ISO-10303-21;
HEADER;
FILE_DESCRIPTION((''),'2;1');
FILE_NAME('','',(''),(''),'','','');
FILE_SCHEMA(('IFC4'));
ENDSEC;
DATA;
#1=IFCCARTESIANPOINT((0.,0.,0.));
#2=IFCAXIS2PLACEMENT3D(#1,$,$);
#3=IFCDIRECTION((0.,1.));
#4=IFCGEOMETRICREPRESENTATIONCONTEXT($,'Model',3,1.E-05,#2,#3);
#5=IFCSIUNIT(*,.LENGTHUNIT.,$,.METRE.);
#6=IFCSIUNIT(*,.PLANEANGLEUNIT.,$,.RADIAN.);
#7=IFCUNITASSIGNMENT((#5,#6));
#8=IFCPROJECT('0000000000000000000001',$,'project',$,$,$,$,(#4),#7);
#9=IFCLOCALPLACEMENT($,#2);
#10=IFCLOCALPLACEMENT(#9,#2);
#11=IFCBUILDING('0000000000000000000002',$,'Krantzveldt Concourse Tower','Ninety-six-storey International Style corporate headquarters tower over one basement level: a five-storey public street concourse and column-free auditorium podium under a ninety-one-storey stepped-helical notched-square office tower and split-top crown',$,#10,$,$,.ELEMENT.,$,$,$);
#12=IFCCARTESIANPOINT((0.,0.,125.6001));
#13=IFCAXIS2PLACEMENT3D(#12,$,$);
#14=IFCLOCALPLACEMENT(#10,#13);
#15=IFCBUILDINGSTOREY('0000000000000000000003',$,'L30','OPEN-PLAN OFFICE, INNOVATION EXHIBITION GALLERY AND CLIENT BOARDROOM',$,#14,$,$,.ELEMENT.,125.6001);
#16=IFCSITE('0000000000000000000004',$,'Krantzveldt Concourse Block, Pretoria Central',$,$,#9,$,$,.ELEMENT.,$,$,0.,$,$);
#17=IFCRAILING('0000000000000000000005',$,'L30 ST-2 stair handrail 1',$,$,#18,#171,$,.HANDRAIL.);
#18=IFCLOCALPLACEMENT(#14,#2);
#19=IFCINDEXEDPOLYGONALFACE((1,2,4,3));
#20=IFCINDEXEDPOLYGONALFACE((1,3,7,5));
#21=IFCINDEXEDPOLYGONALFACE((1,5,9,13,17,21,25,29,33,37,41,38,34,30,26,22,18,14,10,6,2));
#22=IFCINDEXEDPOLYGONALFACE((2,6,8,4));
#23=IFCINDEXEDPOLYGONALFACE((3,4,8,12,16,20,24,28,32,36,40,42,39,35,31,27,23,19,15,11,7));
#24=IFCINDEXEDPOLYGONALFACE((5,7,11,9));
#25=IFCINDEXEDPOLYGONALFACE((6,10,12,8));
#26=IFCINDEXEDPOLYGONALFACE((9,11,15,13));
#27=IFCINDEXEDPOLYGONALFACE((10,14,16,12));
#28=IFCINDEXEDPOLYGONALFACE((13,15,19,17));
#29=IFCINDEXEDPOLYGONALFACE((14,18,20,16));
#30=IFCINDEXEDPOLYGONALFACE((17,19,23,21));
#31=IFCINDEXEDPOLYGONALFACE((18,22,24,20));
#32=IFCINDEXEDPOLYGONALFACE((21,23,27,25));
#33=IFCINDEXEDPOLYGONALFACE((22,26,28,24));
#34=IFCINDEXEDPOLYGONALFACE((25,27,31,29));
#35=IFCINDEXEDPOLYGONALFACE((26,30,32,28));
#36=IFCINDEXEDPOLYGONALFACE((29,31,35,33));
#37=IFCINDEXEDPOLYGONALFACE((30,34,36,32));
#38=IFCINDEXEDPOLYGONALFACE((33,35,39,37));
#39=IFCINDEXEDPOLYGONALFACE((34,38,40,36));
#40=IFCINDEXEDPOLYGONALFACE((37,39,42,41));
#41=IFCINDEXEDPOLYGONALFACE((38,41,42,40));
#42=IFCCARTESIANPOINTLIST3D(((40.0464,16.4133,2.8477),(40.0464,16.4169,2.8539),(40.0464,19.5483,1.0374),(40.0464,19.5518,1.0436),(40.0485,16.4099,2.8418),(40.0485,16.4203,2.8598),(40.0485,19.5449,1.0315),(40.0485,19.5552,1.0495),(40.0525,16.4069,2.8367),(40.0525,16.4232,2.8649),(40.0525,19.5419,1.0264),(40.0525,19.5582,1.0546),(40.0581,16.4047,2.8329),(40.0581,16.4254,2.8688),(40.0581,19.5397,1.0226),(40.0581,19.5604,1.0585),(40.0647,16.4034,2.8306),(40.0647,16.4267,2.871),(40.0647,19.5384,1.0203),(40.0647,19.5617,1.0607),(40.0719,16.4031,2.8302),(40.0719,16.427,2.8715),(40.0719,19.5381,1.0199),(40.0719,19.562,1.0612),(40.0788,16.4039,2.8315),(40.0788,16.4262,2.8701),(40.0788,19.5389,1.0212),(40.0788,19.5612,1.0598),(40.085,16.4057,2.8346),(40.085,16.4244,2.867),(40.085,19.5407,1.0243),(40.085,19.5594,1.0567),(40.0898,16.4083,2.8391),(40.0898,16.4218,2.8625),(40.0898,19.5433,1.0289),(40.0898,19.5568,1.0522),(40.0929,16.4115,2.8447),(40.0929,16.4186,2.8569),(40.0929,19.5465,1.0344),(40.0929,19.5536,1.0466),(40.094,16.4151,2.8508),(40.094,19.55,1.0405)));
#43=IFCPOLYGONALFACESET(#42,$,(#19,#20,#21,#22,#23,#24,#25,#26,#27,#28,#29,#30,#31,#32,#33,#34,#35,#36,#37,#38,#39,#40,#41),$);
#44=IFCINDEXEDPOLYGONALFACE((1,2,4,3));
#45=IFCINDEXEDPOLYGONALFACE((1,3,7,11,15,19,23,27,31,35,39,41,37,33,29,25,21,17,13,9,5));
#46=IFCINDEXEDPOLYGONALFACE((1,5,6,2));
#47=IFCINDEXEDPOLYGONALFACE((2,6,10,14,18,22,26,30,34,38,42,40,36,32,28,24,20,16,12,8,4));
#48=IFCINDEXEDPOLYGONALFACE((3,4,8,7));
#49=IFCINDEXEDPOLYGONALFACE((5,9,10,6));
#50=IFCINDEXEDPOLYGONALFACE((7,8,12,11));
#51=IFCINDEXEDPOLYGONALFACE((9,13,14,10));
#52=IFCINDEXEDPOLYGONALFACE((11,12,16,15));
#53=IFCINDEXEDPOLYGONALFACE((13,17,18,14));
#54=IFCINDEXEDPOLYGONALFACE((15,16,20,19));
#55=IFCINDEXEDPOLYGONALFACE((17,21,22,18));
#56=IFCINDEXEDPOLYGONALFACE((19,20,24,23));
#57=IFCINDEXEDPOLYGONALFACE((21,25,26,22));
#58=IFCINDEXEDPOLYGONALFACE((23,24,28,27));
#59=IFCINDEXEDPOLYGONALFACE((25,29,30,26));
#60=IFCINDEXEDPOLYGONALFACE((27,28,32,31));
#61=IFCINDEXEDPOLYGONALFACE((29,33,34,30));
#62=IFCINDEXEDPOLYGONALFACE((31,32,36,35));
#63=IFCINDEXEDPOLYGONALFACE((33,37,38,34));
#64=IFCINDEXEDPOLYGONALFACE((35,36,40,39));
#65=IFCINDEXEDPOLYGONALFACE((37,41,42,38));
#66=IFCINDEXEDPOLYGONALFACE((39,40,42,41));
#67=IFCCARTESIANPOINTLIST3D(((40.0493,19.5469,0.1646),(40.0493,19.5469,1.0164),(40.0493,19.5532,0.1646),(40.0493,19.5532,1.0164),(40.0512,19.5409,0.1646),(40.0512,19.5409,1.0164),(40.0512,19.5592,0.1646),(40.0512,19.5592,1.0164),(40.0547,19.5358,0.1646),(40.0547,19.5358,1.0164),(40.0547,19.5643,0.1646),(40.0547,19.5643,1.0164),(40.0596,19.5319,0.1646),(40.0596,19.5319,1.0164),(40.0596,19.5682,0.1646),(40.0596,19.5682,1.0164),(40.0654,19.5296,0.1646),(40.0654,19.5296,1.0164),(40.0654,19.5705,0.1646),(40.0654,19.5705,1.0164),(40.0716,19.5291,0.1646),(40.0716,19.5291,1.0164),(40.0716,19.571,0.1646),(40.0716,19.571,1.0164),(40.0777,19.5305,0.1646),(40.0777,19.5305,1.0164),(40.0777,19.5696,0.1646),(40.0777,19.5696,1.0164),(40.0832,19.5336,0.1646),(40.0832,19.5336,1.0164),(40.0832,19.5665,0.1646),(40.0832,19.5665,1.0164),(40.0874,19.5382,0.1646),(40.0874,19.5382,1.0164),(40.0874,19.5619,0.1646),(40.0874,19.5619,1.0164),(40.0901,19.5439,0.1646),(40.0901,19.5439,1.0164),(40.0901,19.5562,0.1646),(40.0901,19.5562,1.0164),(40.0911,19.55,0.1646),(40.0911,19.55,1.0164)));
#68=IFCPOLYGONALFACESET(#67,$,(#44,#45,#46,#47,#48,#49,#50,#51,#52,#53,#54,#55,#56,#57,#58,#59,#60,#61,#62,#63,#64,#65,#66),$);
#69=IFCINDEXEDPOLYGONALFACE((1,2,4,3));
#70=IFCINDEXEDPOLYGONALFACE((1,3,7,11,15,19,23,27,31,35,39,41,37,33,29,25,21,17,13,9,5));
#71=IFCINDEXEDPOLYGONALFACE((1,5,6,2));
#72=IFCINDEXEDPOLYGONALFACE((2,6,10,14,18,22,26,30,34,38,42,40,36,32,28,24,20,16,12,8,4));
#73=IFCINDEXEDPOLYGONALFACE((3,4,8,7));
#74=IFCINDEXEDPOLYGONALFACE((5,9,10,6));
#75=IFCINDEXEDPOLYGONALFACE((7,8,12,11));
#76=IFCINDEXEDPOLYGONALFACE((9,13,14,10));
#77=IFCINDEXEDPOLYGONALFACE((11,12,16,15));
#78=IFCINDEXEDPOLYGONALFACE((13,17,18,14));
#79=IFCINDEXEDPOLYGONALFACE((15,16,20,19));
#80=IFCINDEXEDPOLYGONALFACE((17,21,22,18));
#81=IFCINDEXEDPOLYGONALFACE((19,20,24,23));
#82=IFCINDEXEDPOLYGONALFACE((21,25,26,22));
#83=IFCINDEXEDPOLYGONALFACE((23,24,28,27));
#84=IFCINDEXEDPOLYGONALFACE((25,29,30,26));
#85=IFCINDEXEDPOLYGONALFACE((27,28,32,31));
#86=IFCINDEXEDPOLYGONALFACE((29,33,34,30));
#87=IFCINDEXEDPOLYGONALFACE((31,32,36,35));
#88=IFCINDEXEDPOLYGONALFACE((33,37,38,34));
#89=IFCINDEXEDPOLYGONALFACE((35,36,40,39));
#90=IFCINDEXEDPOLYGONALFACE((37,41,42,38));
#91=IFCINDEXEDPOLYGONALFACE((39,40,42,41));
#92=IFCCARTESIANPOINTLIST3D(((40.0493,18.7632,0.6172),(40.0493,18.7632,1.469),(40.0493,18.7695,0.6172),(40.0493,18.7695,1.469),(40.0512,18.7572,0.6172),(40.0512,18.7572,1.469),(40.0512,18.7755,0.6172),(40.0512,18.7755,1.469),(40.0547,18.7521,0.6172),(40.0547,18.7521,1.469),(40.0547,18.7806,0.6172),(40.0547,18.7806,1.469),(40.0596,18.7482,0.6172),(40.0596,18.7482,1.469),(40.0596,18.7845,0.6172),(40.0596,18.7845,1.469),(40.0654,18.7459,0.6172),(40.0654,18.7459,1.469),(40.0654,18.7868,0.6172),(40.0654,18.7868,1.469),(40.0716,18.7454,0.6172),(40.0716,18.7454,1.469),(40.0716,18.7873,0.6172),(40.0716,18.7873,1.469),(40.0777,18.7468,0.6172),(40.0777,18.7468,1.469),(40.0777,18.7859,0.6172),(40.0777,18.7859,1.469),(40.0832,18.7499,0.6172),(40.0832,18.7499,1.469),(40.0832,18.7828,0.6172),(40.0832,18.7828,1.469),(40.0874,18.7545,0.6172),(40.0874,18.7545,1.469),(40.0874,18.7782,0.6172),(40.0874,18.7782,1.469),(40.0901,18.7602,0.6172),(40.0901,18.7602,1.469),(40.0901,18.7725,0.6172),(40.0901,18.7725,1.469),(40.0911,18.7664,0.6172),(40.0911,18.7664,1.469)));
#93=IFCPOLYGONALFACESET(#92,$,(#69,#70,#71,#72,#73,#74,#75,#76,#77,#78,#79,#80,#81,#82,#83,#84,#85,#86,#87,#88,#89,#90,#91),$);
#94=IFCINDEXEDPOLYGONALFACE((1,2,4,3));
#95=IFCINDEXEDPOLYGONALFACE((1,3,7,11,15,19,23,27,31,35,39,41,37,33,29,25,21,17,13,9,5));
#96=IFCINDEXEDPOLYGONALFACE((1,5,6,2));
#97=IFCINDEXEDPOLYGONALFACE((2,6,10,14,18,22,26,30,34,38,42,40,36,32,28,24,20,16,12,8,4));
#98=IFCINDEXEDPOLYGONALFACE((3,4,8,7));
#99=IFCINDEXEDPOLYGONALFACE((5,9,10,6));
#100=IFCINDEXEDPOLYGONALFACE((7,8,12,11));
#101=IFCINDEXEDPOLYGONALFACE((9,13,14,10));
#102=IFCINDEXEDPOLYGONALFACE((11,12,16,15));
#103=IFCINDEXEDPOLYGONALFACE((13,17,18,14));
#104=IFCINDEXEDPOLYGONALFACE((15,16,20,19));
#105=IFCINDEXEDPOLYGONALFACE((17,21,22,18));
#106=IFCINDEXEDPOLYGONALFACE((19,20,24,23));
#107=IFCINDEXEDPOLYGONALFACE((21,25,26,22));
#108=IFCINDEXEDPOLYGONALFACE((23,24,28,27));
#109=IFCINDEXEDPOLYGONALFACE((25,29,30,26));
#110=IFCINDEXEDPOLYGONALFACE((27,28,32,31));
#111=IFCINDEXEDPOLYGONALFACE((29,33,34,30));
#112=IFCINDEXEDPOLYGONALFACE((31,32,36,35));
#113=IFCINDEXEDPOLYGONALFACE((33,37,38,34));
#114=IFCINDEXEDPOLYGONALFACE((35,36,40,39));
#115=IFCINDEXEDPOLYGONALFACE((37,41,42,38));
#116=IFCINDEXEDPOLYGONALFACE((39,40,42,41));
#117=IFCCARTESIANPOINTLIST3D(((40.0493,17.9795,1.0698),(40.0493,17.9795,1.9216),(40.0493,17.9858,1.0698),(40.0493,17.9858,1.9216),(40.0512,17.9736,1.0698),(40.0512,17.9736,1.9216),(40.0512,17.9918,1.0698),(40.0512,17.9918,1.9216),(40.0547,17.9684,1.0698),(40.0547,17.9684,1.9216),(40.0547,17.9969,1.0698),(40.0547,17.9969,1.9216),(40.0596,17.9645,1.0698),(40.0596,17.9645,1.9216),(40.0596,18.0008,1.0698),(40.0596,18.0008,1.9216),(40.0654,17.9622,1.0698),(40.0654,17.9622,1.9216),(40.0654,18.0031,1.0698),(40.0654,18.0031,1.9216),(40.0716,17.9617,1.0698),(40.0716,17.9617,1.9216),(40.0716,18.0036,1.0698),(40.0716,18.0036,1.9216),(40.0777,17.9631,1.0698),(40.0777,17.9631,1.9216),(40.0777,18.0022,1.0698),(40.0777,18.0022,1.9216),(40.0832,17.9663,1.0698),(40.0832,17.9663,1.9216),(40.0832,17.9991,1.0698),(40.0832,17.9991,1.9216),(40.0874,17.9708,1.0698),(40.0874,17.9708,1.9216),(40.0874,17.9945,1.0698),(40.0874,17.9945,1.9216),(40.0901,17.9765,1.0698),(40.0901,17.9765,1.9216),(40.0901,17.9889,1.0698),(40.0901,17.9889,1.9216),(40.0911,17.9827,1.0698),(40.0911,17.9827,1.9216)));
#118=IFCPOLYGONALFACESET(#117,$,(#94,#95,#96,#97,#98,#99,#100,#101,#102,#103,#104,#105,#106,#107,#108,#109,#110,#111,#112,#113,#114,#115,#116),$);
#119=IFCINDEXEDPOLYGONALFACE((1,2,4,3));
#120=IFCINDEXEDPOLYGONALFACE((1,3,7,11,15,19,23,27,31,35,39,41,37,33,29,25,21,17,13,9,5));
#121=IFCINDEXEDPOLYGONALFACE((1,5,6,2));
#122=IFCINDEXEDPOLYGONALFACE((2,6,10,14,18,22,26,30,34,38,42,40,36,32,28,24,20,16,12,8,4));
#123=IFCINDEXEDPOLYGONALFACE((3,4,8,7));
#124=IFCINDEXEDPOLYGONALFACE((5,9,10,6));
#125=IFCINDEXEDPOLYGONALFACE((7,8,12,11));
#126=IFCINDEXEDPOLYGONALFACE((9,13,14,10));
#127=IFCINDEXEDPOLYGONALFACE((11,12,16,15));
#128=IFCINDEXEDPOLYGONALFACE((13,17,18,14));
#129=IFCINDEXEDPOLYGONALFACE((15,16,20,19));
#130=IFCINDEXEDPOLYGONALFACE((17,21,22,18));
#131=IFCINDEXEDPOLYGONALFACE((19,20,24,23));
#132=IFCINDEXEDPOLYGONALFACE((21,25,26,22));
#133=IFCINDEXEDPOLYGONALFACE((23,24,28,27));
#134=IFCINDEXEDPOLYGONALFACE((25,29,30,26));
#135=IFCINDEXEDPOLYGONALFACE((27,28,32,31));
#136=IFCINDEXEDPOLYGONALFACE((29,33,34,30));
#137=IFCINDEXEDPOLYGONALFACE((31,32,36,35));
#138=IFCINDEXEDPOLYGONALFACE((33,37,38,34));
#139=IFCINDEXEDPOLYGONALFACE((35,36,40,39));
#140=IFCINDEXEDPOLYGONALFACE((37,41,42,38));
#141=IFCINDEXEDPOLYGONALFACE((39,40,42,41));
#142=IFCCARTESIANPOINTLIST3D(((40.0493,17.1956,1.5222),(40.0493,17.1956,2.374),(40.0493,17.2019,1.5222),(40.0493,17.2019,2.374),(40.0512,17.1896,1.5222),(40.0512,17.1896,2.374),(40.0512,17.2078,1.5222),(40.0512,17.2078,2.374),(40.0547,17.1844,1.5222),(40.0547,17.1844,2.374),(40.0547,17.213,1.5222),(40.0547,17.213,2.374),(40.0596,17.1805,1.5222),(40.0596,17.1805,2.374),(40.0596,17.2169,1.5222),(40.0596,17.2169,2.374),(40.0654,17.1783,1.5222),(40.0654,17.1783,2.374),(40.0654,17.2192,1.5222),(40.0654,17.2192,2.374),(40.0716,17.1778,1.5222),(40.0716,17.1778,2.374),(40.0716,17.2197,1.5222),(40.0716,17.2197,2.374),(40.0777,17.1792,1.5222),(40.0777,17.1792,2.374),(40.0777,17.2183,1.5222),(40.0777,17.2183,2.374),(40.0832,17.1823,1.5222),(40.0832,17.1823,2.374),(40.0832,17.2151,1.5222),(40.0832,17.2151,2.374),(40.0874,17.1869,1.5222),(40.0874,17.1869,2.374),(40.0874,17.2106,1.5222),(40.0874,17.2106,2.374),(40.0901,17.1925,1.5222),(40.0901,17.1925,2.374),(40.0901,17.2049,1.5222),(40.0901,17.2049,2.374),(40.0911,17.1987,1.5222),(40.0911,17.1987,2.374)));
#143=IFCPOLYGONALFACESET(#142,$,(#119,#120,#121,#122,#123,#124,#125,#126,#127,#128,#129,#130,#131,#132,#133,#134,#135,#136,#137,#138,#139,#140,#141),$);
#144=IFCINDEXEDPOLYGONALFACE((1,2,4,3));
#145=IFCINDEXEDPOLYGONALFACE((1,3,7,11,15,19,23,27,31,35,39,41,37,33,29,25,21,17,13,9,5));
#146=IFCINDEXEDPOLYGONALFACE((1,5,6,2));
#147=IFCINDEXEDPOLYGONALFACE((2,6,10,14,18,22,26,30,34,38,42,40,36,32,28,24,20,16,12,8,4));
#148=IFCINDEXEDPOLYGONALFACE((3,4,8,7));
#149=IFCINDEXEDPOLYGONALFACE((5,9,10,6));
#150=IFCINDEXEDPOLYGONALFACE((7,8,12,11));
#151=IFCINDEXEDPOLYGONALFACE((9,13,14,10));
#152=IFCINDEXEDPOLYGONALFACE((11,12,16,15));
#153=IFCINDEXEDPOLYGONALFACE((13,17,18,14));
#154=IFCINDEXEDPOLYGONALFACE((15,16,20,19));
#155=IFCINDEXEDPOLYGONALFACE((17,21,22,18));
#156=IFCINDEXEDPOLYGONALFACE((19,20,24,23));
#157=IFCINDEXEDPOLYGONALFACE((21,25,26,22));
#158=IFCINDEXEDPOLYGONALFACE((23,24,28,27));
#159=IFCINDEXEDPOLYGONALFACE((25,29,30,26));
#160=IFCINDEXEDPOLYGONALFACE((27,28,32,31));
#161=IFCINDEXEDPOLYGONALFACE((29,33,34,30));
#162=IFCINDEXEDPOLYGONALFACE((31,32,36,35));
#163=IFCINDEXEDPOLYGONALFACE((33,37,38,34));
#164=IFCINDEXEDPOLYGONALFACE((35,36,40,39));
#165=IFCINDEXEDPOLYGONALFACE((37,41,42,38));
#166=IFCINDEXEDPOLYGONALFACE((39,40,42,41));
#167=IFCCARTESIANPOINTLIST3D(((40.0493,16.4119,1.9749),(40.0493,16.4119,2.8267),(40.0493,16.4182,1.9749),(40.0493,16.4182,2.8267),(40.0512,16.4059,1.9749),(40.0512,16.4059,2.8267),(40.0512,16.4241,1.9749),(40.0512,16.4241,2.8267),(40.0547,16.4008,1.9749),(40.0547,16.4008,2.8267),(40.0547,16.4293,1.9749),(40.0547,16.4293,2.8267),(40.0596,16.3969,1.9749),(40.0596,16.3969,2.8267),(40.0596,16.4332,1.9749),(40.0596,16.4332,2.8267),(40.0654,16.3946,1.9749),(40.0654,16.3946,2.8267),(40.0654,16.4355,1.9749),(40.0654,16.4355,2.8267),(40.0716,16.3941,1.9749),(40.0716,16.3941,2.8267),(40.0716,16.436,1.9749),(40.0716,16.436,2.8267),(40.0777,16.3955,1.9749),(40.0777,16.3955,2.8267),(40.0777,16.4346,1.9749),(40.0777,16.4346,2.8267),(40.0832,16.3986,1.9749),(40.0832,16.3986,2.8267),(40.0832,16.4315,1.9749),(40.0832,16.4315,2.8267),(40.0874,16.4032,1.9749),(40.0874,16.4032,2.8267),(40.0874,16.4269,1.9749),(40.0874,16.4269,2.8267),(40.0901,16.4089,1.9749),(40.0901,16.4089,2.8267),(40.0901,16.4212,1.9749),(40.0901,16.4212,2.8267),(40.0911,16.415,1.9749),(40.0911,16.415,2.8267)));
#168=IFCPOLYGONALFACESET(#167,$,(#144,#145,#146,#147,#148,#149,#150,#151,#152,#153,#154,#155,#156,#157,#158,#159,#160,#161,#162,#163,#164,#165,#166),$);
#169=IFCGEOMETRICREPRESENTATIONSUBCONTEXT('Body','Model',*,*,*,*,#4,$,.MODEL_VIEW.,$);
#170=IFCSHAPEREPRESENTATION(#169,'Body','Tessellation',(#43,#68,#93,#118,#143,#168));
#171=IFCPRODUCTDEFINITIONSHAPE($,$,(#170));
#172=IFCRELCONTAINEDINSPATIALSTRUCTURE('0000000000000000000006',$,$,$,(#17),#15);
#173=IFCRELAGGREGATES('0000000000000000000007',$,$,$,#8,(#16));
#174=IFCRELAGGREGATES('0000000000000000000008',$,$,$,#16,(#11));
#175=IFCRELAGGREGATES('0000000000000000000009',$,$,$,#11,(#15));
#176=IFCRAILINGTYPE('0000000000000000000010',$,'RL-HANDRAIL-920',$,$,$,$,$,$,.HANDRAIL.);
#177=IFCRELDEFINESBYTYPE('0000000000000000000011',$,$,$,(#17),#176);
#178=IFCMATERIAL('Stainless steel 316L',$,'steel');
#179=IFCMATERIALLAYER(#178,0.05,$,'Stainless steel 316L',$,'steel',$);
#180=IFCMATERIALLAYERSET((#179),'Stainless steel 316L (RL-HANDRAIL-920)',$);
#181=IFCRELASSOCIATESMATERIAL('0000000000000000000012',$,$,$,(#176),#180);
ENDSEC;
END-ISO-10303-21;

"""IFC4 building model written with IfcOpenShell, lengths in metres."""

from ifc_helpers import new_model, si_unit, direction, frame, origin, origin_2d, place, context, subcontext, project, spatial, circle, extrude, material, layer, layer_set, type_object, element, save


model = new_model("IFC4")

# Units and contexts
model_context = context("Model", 3, precision=1e-05, world=origin(), true_north=direction((0.0, 1.0)))
body_context = subcontext(model_context, "Body", "Model", "MODEL_VIEW")
ifc_project = project(units=[si_unit("LENGTHUNIT", "METRE"), si_unit("PLANEANGLEUNIT", "RADIAN")], contexts=[model_context])

# Site, building, storey
site_placement = place(None, origin())
site = spatial("IfcSite", under=ifc_project, at=site_placement, Name="Krantzveldt Concourse Block, Pretoria Central", CompositionType="ELEMENT", RefElevation=0.0)
building_placement = place(site_placement, origin())
building = spatial("IfcBuilding", under=site, at=building_placement, Name="Krantzveldt Concourse Tower", Description="Ninety-six-storey International Style corporate headquarters tower over one basement level: a five-storey public street concourse and column-free auditorium podium under a ninety-one-storey stepped-helical notched-square office tower and split-top crown", CompositionType="ELEMENT")
storey_placement = place(building_placement, frame((0.0, 0.0, 125.6001)))
storey = spatial("IfcBuildingStorey", under=building, at=storey_placement, Name="L30", Description="OPEN-PLAN OFFICE, INNOVATION EXHIBITION GALLERY AND CLIENT BOARDROOM", CompositionType="ELEMENT", Elevation=125.6001)

# Shared definitions
ifc_material_1 = material(Name="Stainless steel 316L", Category="steel")

# Railing
ifc_layer_1 = layer(ifc_material_1, 0.05, Name="Stainless steel 316L", Category="steel")
ifc_layer_set_1 = layer_set([ifc_layer_1], Name="Stainless steel 316L (RL-HANDRAIL-920)")
railing_type_1 = type_object("IfcRailingType", Name="RL-HANDRAIL-920", PredefinedType="HANDRAIL", material=ifc_layer_set_1)
railing_1_placement = place(storey_placement, frame((40.0701, 19.55, 0.1646)))
element("IfcRailing", 1, at=railing_1_placement, inside=storey, type_object=railing_type_1, Name="L30 ST-2 stair handrail 1", PredefinedType="HANDRAIL", context=body_context, shape_type="SweptSolid", body=[
    extrude(circle(Radius=0.0239, at=origin_2d()), frame((0.0, 0.0, 0.876), z_axis=(0.0, -0.865989, 0.500063), x_axis=(1.0, 0.0, 0.0)), (0.0, 0.0, 1.0), 3.6201),
    extrude(circle(Radius=0.021, at=origin_2d()), origin(), (0.0, 0.0, 1.0), 0.8518),
    extrude(circle(Radius=0.021, at=origin_2d()), frame((0.0, -0.7837, 0.4526)), (0.0, 0.0, 1.0), 0.8518),
    extrude(circle(Radius=0.021, at=origin_2d()), frame((0.0, -1.5674, 0.9053)), (0.0, 0.0, 1.0), 0.8518),
    extrude(circle(Radius=0.021, at=origin_2d()), frame((0.0, -2.3513, 1.3577)), (0.0, 0.0, 1.0), 0.8518),
    extrude(circle(Radius=0.021, at=origin_2d()), frame((0.0, -3.135, 1.8103)), (0.0, 0.0, 1.0), 0.8518),
])

save(model, "model.ifc")
